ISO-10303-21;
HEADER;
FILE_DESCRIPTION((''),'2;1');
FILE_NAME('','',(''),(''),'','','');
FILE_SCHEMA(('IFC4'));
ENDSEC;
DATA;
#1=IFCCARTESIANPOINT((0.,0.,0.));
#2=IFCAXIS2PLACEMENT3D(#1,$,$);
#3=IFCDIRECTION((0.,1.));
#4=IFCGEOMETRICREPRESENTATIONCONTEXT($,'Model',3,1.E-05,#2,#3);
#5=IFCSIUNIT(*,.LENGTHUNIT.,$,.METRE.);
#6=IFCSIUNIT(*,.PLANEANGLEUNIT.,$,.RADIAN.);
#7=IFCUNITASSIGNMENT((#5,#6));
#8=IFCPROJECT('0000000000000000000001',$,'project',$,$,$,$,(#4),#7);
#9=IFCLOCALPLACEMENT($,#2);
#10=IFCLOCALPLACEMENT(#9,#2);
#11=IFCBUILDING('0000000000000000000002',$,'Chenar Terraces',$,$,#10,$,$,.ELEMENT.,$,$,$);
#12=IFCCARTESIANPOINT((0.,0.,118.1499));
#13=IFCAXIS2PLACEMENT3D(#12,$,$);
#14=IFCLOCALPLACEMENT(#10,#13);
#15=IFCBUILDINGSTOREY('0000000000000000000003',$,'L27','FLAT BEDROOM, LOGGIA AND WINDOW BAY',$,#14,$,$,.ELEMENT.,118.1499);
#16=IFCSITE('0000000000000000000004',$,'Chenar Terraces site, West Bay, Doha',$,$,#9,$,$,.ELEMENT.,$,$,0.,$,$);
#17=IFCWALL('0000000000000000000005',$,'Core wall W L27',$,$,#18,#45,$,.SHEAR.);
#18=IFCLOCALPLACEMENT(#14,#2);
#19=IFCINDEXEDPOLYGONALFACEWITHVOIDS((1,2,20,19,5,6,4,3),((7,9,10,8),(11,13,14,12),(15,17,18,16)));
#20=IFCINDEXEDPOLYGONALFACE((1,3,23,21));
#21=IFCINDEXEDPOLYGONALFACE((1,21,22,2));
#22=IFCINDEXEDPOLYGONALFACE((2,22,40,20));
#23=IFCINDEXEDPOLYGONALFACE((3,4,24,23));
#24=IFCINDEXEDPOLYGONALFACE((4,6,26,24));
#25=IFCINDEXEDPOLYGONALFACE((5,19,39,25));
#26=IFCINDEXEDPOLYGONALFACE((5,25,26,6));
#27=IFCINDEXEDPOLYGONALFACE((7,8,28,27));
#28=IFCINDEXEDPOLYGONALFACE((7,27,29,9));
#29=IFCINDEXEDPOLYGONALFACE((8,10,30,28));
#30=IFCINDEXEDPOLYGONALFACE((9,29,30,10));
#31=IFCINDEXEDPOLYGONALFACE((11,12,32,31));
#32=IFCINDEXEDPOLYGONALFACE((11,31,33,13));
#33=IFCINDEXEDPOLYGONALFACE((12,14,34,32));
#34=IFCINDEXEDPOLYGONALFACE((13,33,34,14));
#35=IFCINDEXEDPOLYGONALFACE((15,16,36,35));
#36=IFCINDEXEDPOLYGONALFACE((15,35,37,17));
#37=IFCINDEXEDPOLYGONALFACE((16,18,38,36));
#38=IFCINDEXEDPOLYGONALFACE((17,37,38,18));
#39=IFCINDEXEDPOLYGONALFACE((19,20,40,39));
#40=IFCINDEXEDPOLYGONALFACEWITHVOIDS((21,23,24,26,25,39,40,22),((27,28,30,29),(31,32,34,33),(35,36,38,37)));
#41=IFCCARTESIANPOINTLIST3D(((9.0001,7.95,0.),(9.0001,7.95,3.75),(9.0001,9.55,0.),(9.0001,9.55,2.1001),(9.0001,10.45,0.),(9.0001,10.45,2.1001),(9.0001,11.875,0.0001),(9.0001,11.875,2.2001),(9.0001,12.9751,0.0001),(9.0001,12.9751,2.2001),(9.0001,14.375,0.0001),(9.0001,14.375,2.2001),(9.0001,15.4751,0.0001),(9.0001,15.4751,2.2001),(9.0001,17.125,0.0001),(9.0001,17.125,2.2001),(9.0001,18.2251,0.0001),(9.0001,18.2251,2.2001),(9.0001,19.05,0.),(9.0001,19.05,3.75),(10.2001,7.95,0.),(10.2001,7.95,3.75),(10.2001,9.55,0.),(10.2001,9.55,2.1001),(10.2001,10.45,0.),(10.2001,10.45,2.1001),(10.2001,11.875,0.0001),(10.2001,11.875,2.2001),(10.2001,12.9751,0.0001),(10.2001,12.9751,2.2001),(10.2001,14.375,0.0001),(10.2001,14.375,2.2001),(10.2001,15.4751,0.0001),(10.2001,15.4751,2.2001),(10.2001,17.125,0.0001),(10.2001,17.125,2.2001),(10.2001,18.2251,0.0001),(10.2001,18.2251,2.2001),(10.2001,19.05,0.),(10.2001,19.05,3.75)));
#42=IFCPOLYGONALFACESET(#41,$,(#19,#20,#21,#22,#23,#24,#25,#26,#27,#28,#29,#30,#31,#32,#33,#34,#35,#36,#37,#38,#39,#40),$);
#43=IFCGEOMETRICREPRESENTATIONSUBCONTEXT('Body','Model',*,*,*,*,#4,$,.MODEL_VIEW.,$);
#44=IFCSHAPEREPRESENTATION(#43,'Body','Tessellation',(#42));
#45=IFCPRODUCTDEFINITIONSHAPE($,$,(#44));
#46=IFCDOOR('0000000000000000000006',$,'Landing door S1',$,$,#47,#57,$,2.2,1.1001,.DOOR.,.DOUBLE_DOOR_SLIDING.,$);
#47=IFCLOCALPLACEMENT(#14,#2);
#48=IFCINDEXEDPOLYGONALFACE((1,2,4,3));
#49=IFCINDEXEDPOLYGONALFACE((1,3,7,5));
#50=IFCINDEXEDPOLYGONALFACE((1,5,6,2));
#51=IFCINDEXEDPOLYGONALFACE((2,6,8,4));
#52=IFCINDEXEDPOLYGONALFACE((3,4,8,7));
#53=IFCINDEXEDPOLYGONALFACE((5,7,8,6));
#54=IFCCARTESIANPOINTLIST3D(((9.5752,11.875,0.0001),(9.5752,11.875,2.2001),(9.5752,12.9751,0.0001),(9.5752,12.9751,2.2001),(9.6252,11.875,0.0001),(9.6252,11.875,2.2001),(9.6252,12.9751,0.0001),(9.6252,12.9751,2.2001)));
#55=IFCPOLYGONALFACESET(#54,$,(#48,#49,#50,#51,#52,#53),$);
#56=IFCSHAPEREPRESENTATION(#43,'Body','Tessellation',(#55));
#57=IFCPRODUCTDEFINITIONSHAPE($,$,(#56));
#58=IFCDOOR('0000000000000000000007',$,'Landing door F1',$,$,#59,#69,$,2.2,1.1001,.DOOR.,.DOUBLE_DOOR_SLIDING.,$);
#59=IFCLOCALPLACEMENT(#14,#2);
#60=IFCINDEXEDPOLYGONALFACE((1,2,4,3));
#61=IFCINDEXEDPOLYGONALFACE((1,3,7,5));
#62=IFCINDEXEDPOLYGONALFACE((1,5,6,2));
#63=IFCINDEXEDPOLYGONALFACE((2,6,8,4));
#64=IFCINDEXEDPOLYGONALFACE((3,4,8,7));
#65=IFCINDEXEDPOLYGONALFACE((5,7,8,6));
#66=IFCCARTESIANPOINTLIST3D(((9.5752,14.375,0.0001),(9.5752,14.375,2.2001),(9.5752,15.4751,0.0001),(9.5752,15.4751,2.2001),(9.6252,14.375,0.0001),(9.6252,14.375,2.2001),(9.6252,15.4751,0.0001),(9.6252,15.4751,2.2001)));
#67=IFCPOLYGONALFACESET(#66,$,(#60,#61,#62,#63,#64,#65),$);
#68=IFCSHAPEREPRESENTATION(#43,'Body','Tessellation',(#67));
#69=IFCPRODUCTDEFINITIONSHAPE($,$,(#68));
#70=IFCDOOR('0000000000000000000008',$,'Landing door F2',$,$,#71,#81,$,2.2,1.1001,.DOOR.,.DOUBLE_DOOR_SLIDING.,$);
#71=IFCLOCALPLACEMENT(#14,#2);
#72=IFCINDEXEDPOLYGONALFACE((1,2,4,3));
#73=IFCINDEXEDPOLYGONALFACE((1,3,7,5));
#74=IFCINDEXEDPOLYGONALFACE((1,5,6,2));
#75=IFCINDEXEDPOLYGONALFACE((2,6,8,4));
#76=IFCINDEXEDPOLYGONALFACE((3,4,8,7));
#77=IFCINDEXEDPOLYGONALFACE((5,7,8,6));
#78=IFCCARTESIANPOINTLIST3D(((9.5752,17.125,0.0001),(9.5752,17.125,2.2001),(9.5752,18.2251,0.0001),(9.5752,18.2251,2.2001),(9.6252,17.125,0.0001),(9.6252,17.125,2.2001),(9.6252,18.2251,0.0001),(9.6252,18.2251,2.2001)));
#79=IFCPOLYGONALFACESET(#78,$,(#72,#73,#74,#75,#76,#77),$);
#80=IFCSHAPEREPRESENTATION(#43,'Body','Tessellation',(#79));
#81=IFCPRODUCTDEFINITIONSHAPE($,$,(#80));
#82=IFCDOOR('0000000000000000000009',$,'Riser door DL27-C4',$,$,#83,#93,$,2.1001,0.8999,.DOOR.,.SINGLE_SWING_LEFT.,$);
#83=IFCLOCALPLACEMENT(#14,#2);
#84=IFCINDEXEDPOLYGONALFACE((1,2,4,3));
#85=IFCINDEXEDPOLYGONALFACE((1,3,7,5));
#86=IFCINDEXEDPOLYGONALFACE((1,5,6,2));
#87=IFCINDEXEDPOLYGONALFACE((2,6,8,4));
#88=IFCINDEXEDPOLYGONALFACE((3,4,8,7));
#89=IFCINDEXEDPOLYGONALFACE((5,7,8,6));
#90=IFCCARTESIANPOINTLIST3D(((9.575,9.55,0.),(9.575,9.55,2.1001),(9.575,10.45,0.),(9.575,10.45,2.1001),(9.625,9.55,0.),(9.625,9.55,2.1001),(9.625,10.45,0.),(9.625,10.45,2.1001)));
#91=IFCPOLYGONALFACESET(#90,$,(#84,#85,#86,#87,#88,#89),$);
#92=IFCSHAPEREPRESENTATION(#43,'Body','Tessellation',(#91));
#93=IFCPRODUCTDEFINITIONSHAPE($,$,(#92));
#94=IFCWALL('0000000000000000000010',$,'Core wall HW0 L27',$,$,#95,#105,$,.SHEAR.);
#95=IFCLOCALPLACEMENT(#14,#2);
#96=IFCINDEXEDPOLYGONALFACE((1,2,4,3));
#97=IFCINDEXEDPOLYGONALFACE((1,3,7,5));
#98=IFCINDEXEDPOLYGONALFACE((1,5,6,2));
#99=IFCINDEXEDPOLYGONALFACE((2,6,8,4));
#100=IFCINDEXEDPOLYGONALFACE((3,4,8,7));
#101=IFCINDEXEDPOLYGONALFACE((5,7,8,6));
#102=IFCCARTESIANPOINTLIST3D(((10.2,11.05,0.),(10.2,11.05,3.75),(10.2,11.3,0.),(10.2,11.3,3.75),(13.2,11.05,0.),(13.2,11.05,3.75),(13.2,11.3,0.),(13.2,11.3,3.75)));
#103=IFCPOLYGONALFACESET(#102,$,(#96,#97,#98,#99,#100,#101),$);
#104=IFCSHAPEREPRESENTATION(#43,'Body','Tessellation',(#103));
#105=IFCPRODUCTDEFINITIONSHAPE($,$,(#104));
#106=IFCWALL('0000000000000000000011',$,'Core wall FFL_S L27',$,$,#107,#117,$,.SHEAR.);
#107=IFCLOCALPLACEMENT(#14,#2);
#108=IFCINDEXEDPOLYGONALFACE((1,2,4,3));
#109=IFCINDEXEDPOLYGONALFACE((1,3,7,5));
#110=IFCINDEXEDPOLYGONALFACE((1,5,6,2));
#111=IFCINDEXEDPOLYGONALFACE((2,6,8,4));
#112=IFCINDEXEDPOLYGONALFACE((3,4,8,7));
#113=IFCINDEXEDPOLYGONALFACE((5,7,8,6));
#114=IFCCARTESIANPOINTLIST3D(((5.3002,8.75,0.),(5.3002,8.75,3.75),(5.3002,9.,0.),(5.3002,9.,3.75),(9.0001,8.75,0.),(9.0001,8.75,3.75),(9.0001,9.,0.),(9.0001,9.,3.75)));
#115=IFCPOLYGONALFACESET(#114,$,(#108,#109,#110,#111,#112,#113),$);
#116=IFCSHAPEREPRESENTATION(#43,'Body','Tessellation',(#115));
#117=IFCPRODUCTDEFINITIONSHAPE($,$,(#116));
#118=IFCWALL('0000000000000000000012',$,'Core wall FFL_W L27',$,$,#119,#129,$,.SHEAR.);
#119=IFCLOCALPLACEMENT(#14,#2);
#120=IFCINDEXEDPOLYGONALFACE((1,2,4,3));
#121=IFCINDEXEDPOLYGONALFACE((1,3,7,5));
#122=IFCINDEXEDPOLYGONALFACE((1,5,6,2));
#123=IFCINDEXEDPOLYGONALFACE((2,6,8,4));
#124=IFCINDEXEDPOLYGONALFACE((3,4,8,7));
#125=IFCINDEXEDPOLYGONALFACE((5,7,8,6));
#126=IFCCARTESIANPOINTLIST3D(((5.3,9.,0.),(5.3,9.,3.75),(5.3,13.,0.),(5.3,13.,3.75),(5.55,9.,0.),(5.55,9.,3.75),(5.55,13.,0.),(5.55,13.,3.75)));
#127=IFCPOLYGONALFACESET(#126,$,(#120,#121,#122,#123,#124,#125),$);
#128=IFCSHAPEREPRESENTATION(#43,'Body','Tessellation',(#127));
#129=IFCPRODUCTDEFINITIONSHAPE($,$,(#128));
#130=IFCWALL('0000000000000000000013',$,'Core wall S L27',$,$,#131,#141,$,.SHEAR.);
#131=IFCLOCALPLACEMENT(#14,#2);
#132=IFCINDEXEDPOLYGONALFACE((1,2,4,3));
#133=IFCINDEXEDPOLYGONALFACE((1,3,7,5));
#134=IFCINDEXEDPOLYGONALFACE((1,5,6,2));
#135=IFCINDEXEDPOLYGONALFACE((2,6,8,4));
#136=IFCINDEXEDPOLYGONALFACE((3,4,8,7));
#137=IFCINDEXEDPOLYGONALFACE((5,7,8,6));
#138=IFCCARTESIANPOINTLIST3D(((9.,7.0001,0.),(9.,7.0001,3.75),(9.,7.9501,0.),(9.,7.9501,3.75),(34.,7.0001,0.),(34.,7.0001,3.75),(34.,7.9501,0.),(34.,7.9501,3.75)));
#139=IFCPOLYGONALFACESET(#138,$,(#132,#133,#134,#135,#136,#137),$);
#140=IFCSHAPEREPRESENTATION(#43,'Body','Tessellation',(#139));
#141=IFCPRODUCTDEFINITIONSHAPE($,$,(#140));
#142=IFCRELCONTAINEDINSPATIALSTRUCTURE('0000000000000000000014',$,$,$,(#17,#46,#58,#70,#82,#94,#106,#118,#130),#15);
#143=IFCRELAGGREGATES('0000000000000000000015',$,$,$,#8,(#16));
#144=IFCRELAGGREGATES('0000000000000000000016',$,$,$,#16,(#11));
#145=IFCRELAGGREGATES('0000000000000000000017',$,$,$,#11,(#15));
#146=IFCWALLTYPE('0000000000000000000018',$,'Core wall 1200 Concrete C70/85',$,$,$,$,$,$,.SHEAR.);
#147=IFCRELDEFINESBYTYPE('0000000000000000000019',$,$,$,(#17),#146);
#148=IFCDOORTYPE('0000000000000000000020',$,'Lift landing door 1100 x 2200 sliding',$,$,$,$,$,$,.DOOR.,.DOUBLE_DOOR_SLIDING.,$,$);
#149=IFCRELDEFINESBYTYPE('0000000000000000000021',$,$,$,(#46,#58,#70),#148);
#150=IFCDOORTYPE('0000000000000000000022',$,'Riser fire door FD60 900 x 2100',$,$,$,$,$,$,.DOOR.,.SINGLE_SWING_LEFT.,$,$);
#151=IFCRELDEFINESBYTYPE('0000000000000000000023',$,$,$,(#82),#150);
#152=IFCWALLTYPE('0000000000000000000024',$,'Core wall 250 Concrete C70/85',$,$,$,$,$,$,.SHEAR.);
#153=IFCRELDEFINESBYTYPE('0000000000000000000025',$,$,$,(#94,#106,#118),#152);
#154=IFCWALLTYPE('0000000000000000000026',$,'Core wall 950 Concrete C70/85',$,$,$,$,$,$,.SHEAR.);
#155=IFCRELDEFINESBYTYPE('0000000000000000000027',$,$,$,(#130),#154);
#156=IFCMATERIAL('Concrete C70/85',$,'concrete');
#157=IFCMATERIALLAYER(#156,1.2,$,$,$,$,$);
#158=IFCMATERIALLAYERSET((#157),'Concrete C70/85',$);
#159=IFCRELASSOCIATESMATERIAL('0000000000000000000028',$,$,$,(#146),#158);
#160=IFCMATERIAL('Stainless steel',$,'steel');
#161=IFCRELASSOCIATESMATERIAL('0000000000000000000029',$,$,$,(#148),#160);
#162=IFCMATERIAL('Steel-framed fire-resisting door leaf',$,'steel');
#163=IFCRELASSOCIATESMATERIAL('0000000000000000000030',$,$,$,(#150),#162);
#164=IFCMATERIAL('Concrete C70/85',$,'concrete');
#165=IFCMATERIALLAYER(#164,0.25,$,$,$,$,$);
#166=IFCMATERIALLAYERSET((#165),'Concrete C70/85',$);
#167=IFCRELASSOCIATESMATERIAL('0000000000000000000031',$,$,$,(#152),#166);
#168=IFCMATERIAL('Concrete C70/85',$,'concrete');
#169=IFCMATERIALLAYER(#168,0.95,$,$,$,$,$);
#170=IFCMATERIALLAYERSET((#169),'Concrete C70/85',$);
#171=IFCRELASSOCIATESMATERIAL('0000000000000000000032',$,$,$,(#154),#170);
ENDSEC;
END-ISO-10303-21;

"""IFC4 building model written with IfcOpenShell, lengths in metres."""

from ifc_helpers import new_model, si_unit, direction, frame, frame_2d, origin, place, context, subcontext, project, spatial, rectangle, extrude, material, layer, layer_set, type_object, element, fill, save


model = new_model("IFC4")

# Units and contexts
model_context = context("Model", 3, precision=1e-05, world=origin(), true_north=direction((0.0, 1.0)))
body_context = subcontext(model_context, "Body", "Model", "MODEL_VIEW")
ifc_project = project(units=[si_unit("LENGTHUNIT", "METRE"), si_unit("PLANEANGLEUNIT", "RADIAN")], contexts=[model_context])

# Site, building, storey
site_placement = place(None, origin())
site = spatial("IfcSite", under=ifc_project, at=site_placement, Name="Chenar Terraces site, West Bay, Doha", CompositionType="ELEMENT", RefElevation=0.0)
building_placement = place(site_placement, origin())
building = spatial("IfcBuilding", under=site, at=building_placement, Name="Chenar Terraces", CompositionType="ELEMENT")
storey_placement = place(building_placement, frame((0.0, 0.0, 118.1499)))
storey = spatial("IfcBuildingStorey", under=building, at=storey_placement, Name="L27", Description="FLAT BEDROOM, LOGGIA AND WINDOW BAY", CompositionType="ELEMENT", Elevation=118.1499)

# Wall, openings, doors
ifc_material_1 = material(Name="Concrete C70/85", Category="concrete")
ifc_layer_1 = layer(ifc_material_1, 1.2)
ifc_layer_set_1 = layer_set([ifc_layer_1], Name="Concrete C70/85")
wall_type_1 = type_object("IfcWallType", Name="Core wall 1200 Concrete C70/85", PredefinedType="SHEAR", material=ifc_layer_set_1)
wall_1_placement = place(storey_placement, frame((9.6001, 7.95, 0.0), z_axis=(0.0, 0.0, 1.0), x_axis=(0.0, 1.0, 0.0)))
wall_1 = element("IfcWall", 1, at=wall_1_placement, inside=storey, type_object=wall_type_1, Name="Core wall W L27", PredefinedType="SHEAR", context=body_context, shape_type="SweptSolid", body=[
    extrude(rectangle(XDim=11.1001, YDim=1.2, at=frame_2d((5.55, 0.0))), origin(), (0.0, 0.0, 1.0), 3.75),
])
opening_1_placement = place(wall_1_placement, frame((3.925, 0.0, 0.0)))
opening_1 = element("IfcOpeningElement", 2, at=opening_1_placement, cuts=wall_1, PredefinedType="OPENING", context=body_context, shape_type="SweptSolid", body=[
    extrude(rectangle(XDim=1.1001, YDim=2.2, at=frame_2d((0.55, 1.1001))), frame((0.0, 0.6099, 0.0), z_axis=(0.0, -1.0, 0.0), x_axis=(1.0, 0.0, 0.0)), (0.0, 0.0, 1.0), 1.22),
])
opening_2_placement = place(wall_1_placement, frame((6.425, 0.0, 0.0)))
opening_2 = element("IfcOpeningElement", 3, at=opening_2_placement, cuts=wall_1, PredefinedType="OPENING", context=body_context, shape_type="SweptSolid", body=[
    extrude(rectangle(XDim=1.1001, YDim=2.2, at=frame_2d((0.55, 1.1001))), frame((0.0, 0.6099, 0.0), z_axis=(0.0, -1.0, 0.0), x_axis=(1.0, 0.0, 0.0)), (0.0, 0.0, 1.0), 1.22),
])
opening_3_placement = place(wall_1_placement, frame((9.175, 0.0, 0.0)))
opening_3 = element("IfcOpeningElement", 4, at=opening_3_placement, cuts=wall_1, PredefinedType="OPENING", context=body_context, shape_type="SweptSolid", body=[
    extrude(rectangle(XDim=1.1001, YDim=2.2, at=frame_2d((0.55, 1.1001))), frame((0.0, 0.6099, 0.0), z_axis=(0.0, -1.0, 0.0), x_axis=(1.0, 0.0, 0.0)), (0.0, 0.0, 1.0), 1.22),
])
opening_4_placement = place(wall_1_placement, frame((1.6001, 0.0, 0.0)))
opening_4 = element("IfcOpeningElement", 5, at=opening_4_placement, cuts=wall_1, PredefinedType="OPENING", context=body_context, shape_type="SweptSolid", body=[
    extrude(rectangle(XDim=0.8999, YDim=2.1001, at=frame_2d((0.45, 1.05))), frame((0.0, 0.6099, 0.0), z_axis=(0.0, -1.0, 0.0), x_axis=(1.0, 0.0, 0.0)), (0.0, 0.0, 1.0), 1.22),
])
ifc_material_2 = material(Name="Stainless steel", Category="steel")
door_type_1 = type_object("IfcDoorType", Name="Lift landing door 1100 x 2200 sliding", OperationType="DOUBLE_DOOR_SLIDING", PredefinedType="DOOR", material=ifc_material_2)
door_1_placement = place(opening_1_placement, origin())
door_1 = element("IfcDoor", 6, at=door_1_placement, inside=storey, type_object=door_type_1, Name="Landing door S1", OperationType="DOUBLE_DOOR_SLIDING", OverallHeight=2.2, OverallWidth=1.1001, PredefinedType="DOOR", context=body_context, shape_type="SweptSolid", body=[
    extrude(rectangle(XDim=1.1001, YDim=2.2, at=frame_2d((0.55, 1.1001))), frame((0.0, 0.0249, 0.0), z_axis=(0.0, -1.0, 0.0), x_axis=(1.0, 0.0, 0.0)), (0.0, 0.0, 1.0), 0.05),
])
fill(opening_1, door_1)
door_2_placement = place(opening_2_placement, origin())
door_2 = element("IfcDoor", 7, at=door_2_placement, inside=storey, type_object=door_type_1, Name="Landing door F1", OperationType="DOUBLE_DOOR_SLIDING", OverallHeight=2.2, OverallWidth=1.1001, PredefinedType="DOOR", context=body_context, shape_type="SweptSolid", body=[
    extrude(rectangle(XDim=1.1001, YDim=2.2, at=frame_2d((0.55, 1.1001))), frame((0.0, 0.0249, 0.0), z_axis=(0.0, -1.0, 0.0), x_axis=(1.0, 0.0, 0.0)), (0.0, 0.0, 1.0), 0.05),
])
fill(opening_2, door_2)
door_3_placement = place(opening_3_placement, origin())
door_3 = element("IfcDoor", 8, at=door_3_placement, inside=storey, type_object=door_type_1, Name="Landing door F2", OperationType="DOUBLE_DOOR_SLIDING", OverallHeight=2.2, OverallWidth=1.1001, PredefinedType="DOOR", context=body_context, shape_type="SweptSolid", body=[
    extrude(rectangle(XDim=1.1001, YDim=2.2, at=frame_2d((0.55, 1.1001))), frame((0.0, 0.0249, 0.0), z_axis=(0.0, -1.0, 0.0), x_axis=(1.0, 0.0, 0.0)), (0.0, 0.0, 1.0), 0.05),
])
fill(opening_3, door_3)
ifc_material_3 = material(Name="Steel-framed fire-resisting door leaf", Category="steel")
door_type_2 = type_object("IfcDoorType", Name="Riser fire door FD60 900 x 2100", OperationType="SINGLE_SWING_LEFT", PredefinedType="DOOR", material=ifc_material_3)
door_4_placement = place(opening_4_placement, frame((0.8999, 0.0, 0.0), z_axis=(0.0, 0.0, 1.0), x_axis=(-1.0, 0.0, 0.0)))
door_4 = element("IfcDoor", 9, at=door_4_placement, inside=storey, type_object=door_type_2, Name="Riser door DL27-C4", OperationType="SINGLE_SWING_LEFT", OverallHeight=2.1001, OverallWidth=0.8999, PredefinedType="DOOR", context=body_context, shape_type="SweptSolid", body=[
    extrude(rectangle(XDim=0.8999, YDim=2.1001, at=frame_2d((0.45, 1.05))), frame((0.0, 0.0249, 0.0), z_axis=(0.0, -1.0, 0.0), x_axis=(1.0, 0.0, 0.0)), (0.0, 0.0, 1.0), 0.05),
])
fill(opening_4, door_4)

# Walls
ifc_material_4 = material(Name="Concrete C70/85", Category="concrete")
ifc_layer_2 = layer(ifc_material_4, 0.25)
ifc_layer_set_2 = layer_set([ifc_layer_2], Name="Concrete C70/85")
wall_type_2 = type_object("IfcWallType", Name="Core wall 250 Concrete C70/85", PredefinedType="SHEAR", material=ifc_layer_set_2)
wall_2_placement = place(storey_placement, frame((10.2, 11.175, 0.0), z_axis=(0.0, 0.0, 1.0), x_axis=(1.0, 0.0, 0.0)))
element("IfcWall", 10, at=wall_2_placement, inside=storey, type_object=wall_type_2, Name="Core wall HW0 L27", PredefinedType="SHEAR", context=body_context, shape_type="SweptSolid", body=[
    extrude(rectangle(XDim=3.0, YDim=0.25, at=frame_2d((1.5, 0.0))), origin(), (0.0, 0.0, 1.0), 3.75),
])
wall_3_placement = place(storey_placement, frame((5.3, 8.875, 0.0), z_axis=(0.0, 0.0, 1.0), x_axis=(1.0, 0.0, 0.0)))
element("IfcWall", 11, at=wall_3_placement, inside=storey, type_object=wall_type_2, Name="Core wall FFL_S L27", PredefinedType="SHEAR", context=body_context, shape_type="SweptSolid", body=[
    extrude(rectangle(XDim=3.7, YDim=0.25, at=frame_2d((1.8501, 0.0))), origin(), (0.0, 0.0, 1.0), 3.75),
])
wall_4_placement = place(storey_placement, frame((5.425, 9.0, 0.0), z_axis=(0.0, 0.0, 1.0), x_axis=(0.0, 1.0, 0.0)))
element("IfcWall", 12, at=wall_4_placement, inside=storey, type_object=wall_type_2, Name="Core wall FFL_W L27", PredefinedType="SHEAR", context=body_context, shape_type="SweptSolid", body=[
    extrude(rectangle(XDim=4.0, YDim=0.25, at=frame_2d((2.0, 0.0))), origin(), (0.0, 0.0, 1.0), 3.75),
])
ifc_material_5 = material(Name="Concrete C70/85", Category="concrete")
ifc_layer_3 = layer(ifc_material_5, 0.95)
ifc_layer_set_3 = layer_set([ifc_layer_3], Name="Concrete C70/85")
wall_type_3 = type_object("IfcWallType", Name="Core wall 950 Concrete C70/85", PredefinedType="SHEAR", material=ifc_layer_set_3)
wall_5_placement = place(storey_placement, frame((9.0, 7.4751, 0.0), z_axis=(0.0, 0.0, 1.0), x_axis=(1.0, 0.0, 0.0)))
element("IfcWall", 13, at=wall_5_placement, inside=storey, type_object=wall_type_3, Name="Core wall S L27", PredefinedType="SHEAR", context=body_context, shape_type="SweptSolid", body=[
    extrude(rectangle(XDim=25.0, YDim=0.95, at=frame_2d((12.5, 0.0))), origin(), (0.0, 0.0, 1.0), 3.75),
])

save(model, "model.ifc")
